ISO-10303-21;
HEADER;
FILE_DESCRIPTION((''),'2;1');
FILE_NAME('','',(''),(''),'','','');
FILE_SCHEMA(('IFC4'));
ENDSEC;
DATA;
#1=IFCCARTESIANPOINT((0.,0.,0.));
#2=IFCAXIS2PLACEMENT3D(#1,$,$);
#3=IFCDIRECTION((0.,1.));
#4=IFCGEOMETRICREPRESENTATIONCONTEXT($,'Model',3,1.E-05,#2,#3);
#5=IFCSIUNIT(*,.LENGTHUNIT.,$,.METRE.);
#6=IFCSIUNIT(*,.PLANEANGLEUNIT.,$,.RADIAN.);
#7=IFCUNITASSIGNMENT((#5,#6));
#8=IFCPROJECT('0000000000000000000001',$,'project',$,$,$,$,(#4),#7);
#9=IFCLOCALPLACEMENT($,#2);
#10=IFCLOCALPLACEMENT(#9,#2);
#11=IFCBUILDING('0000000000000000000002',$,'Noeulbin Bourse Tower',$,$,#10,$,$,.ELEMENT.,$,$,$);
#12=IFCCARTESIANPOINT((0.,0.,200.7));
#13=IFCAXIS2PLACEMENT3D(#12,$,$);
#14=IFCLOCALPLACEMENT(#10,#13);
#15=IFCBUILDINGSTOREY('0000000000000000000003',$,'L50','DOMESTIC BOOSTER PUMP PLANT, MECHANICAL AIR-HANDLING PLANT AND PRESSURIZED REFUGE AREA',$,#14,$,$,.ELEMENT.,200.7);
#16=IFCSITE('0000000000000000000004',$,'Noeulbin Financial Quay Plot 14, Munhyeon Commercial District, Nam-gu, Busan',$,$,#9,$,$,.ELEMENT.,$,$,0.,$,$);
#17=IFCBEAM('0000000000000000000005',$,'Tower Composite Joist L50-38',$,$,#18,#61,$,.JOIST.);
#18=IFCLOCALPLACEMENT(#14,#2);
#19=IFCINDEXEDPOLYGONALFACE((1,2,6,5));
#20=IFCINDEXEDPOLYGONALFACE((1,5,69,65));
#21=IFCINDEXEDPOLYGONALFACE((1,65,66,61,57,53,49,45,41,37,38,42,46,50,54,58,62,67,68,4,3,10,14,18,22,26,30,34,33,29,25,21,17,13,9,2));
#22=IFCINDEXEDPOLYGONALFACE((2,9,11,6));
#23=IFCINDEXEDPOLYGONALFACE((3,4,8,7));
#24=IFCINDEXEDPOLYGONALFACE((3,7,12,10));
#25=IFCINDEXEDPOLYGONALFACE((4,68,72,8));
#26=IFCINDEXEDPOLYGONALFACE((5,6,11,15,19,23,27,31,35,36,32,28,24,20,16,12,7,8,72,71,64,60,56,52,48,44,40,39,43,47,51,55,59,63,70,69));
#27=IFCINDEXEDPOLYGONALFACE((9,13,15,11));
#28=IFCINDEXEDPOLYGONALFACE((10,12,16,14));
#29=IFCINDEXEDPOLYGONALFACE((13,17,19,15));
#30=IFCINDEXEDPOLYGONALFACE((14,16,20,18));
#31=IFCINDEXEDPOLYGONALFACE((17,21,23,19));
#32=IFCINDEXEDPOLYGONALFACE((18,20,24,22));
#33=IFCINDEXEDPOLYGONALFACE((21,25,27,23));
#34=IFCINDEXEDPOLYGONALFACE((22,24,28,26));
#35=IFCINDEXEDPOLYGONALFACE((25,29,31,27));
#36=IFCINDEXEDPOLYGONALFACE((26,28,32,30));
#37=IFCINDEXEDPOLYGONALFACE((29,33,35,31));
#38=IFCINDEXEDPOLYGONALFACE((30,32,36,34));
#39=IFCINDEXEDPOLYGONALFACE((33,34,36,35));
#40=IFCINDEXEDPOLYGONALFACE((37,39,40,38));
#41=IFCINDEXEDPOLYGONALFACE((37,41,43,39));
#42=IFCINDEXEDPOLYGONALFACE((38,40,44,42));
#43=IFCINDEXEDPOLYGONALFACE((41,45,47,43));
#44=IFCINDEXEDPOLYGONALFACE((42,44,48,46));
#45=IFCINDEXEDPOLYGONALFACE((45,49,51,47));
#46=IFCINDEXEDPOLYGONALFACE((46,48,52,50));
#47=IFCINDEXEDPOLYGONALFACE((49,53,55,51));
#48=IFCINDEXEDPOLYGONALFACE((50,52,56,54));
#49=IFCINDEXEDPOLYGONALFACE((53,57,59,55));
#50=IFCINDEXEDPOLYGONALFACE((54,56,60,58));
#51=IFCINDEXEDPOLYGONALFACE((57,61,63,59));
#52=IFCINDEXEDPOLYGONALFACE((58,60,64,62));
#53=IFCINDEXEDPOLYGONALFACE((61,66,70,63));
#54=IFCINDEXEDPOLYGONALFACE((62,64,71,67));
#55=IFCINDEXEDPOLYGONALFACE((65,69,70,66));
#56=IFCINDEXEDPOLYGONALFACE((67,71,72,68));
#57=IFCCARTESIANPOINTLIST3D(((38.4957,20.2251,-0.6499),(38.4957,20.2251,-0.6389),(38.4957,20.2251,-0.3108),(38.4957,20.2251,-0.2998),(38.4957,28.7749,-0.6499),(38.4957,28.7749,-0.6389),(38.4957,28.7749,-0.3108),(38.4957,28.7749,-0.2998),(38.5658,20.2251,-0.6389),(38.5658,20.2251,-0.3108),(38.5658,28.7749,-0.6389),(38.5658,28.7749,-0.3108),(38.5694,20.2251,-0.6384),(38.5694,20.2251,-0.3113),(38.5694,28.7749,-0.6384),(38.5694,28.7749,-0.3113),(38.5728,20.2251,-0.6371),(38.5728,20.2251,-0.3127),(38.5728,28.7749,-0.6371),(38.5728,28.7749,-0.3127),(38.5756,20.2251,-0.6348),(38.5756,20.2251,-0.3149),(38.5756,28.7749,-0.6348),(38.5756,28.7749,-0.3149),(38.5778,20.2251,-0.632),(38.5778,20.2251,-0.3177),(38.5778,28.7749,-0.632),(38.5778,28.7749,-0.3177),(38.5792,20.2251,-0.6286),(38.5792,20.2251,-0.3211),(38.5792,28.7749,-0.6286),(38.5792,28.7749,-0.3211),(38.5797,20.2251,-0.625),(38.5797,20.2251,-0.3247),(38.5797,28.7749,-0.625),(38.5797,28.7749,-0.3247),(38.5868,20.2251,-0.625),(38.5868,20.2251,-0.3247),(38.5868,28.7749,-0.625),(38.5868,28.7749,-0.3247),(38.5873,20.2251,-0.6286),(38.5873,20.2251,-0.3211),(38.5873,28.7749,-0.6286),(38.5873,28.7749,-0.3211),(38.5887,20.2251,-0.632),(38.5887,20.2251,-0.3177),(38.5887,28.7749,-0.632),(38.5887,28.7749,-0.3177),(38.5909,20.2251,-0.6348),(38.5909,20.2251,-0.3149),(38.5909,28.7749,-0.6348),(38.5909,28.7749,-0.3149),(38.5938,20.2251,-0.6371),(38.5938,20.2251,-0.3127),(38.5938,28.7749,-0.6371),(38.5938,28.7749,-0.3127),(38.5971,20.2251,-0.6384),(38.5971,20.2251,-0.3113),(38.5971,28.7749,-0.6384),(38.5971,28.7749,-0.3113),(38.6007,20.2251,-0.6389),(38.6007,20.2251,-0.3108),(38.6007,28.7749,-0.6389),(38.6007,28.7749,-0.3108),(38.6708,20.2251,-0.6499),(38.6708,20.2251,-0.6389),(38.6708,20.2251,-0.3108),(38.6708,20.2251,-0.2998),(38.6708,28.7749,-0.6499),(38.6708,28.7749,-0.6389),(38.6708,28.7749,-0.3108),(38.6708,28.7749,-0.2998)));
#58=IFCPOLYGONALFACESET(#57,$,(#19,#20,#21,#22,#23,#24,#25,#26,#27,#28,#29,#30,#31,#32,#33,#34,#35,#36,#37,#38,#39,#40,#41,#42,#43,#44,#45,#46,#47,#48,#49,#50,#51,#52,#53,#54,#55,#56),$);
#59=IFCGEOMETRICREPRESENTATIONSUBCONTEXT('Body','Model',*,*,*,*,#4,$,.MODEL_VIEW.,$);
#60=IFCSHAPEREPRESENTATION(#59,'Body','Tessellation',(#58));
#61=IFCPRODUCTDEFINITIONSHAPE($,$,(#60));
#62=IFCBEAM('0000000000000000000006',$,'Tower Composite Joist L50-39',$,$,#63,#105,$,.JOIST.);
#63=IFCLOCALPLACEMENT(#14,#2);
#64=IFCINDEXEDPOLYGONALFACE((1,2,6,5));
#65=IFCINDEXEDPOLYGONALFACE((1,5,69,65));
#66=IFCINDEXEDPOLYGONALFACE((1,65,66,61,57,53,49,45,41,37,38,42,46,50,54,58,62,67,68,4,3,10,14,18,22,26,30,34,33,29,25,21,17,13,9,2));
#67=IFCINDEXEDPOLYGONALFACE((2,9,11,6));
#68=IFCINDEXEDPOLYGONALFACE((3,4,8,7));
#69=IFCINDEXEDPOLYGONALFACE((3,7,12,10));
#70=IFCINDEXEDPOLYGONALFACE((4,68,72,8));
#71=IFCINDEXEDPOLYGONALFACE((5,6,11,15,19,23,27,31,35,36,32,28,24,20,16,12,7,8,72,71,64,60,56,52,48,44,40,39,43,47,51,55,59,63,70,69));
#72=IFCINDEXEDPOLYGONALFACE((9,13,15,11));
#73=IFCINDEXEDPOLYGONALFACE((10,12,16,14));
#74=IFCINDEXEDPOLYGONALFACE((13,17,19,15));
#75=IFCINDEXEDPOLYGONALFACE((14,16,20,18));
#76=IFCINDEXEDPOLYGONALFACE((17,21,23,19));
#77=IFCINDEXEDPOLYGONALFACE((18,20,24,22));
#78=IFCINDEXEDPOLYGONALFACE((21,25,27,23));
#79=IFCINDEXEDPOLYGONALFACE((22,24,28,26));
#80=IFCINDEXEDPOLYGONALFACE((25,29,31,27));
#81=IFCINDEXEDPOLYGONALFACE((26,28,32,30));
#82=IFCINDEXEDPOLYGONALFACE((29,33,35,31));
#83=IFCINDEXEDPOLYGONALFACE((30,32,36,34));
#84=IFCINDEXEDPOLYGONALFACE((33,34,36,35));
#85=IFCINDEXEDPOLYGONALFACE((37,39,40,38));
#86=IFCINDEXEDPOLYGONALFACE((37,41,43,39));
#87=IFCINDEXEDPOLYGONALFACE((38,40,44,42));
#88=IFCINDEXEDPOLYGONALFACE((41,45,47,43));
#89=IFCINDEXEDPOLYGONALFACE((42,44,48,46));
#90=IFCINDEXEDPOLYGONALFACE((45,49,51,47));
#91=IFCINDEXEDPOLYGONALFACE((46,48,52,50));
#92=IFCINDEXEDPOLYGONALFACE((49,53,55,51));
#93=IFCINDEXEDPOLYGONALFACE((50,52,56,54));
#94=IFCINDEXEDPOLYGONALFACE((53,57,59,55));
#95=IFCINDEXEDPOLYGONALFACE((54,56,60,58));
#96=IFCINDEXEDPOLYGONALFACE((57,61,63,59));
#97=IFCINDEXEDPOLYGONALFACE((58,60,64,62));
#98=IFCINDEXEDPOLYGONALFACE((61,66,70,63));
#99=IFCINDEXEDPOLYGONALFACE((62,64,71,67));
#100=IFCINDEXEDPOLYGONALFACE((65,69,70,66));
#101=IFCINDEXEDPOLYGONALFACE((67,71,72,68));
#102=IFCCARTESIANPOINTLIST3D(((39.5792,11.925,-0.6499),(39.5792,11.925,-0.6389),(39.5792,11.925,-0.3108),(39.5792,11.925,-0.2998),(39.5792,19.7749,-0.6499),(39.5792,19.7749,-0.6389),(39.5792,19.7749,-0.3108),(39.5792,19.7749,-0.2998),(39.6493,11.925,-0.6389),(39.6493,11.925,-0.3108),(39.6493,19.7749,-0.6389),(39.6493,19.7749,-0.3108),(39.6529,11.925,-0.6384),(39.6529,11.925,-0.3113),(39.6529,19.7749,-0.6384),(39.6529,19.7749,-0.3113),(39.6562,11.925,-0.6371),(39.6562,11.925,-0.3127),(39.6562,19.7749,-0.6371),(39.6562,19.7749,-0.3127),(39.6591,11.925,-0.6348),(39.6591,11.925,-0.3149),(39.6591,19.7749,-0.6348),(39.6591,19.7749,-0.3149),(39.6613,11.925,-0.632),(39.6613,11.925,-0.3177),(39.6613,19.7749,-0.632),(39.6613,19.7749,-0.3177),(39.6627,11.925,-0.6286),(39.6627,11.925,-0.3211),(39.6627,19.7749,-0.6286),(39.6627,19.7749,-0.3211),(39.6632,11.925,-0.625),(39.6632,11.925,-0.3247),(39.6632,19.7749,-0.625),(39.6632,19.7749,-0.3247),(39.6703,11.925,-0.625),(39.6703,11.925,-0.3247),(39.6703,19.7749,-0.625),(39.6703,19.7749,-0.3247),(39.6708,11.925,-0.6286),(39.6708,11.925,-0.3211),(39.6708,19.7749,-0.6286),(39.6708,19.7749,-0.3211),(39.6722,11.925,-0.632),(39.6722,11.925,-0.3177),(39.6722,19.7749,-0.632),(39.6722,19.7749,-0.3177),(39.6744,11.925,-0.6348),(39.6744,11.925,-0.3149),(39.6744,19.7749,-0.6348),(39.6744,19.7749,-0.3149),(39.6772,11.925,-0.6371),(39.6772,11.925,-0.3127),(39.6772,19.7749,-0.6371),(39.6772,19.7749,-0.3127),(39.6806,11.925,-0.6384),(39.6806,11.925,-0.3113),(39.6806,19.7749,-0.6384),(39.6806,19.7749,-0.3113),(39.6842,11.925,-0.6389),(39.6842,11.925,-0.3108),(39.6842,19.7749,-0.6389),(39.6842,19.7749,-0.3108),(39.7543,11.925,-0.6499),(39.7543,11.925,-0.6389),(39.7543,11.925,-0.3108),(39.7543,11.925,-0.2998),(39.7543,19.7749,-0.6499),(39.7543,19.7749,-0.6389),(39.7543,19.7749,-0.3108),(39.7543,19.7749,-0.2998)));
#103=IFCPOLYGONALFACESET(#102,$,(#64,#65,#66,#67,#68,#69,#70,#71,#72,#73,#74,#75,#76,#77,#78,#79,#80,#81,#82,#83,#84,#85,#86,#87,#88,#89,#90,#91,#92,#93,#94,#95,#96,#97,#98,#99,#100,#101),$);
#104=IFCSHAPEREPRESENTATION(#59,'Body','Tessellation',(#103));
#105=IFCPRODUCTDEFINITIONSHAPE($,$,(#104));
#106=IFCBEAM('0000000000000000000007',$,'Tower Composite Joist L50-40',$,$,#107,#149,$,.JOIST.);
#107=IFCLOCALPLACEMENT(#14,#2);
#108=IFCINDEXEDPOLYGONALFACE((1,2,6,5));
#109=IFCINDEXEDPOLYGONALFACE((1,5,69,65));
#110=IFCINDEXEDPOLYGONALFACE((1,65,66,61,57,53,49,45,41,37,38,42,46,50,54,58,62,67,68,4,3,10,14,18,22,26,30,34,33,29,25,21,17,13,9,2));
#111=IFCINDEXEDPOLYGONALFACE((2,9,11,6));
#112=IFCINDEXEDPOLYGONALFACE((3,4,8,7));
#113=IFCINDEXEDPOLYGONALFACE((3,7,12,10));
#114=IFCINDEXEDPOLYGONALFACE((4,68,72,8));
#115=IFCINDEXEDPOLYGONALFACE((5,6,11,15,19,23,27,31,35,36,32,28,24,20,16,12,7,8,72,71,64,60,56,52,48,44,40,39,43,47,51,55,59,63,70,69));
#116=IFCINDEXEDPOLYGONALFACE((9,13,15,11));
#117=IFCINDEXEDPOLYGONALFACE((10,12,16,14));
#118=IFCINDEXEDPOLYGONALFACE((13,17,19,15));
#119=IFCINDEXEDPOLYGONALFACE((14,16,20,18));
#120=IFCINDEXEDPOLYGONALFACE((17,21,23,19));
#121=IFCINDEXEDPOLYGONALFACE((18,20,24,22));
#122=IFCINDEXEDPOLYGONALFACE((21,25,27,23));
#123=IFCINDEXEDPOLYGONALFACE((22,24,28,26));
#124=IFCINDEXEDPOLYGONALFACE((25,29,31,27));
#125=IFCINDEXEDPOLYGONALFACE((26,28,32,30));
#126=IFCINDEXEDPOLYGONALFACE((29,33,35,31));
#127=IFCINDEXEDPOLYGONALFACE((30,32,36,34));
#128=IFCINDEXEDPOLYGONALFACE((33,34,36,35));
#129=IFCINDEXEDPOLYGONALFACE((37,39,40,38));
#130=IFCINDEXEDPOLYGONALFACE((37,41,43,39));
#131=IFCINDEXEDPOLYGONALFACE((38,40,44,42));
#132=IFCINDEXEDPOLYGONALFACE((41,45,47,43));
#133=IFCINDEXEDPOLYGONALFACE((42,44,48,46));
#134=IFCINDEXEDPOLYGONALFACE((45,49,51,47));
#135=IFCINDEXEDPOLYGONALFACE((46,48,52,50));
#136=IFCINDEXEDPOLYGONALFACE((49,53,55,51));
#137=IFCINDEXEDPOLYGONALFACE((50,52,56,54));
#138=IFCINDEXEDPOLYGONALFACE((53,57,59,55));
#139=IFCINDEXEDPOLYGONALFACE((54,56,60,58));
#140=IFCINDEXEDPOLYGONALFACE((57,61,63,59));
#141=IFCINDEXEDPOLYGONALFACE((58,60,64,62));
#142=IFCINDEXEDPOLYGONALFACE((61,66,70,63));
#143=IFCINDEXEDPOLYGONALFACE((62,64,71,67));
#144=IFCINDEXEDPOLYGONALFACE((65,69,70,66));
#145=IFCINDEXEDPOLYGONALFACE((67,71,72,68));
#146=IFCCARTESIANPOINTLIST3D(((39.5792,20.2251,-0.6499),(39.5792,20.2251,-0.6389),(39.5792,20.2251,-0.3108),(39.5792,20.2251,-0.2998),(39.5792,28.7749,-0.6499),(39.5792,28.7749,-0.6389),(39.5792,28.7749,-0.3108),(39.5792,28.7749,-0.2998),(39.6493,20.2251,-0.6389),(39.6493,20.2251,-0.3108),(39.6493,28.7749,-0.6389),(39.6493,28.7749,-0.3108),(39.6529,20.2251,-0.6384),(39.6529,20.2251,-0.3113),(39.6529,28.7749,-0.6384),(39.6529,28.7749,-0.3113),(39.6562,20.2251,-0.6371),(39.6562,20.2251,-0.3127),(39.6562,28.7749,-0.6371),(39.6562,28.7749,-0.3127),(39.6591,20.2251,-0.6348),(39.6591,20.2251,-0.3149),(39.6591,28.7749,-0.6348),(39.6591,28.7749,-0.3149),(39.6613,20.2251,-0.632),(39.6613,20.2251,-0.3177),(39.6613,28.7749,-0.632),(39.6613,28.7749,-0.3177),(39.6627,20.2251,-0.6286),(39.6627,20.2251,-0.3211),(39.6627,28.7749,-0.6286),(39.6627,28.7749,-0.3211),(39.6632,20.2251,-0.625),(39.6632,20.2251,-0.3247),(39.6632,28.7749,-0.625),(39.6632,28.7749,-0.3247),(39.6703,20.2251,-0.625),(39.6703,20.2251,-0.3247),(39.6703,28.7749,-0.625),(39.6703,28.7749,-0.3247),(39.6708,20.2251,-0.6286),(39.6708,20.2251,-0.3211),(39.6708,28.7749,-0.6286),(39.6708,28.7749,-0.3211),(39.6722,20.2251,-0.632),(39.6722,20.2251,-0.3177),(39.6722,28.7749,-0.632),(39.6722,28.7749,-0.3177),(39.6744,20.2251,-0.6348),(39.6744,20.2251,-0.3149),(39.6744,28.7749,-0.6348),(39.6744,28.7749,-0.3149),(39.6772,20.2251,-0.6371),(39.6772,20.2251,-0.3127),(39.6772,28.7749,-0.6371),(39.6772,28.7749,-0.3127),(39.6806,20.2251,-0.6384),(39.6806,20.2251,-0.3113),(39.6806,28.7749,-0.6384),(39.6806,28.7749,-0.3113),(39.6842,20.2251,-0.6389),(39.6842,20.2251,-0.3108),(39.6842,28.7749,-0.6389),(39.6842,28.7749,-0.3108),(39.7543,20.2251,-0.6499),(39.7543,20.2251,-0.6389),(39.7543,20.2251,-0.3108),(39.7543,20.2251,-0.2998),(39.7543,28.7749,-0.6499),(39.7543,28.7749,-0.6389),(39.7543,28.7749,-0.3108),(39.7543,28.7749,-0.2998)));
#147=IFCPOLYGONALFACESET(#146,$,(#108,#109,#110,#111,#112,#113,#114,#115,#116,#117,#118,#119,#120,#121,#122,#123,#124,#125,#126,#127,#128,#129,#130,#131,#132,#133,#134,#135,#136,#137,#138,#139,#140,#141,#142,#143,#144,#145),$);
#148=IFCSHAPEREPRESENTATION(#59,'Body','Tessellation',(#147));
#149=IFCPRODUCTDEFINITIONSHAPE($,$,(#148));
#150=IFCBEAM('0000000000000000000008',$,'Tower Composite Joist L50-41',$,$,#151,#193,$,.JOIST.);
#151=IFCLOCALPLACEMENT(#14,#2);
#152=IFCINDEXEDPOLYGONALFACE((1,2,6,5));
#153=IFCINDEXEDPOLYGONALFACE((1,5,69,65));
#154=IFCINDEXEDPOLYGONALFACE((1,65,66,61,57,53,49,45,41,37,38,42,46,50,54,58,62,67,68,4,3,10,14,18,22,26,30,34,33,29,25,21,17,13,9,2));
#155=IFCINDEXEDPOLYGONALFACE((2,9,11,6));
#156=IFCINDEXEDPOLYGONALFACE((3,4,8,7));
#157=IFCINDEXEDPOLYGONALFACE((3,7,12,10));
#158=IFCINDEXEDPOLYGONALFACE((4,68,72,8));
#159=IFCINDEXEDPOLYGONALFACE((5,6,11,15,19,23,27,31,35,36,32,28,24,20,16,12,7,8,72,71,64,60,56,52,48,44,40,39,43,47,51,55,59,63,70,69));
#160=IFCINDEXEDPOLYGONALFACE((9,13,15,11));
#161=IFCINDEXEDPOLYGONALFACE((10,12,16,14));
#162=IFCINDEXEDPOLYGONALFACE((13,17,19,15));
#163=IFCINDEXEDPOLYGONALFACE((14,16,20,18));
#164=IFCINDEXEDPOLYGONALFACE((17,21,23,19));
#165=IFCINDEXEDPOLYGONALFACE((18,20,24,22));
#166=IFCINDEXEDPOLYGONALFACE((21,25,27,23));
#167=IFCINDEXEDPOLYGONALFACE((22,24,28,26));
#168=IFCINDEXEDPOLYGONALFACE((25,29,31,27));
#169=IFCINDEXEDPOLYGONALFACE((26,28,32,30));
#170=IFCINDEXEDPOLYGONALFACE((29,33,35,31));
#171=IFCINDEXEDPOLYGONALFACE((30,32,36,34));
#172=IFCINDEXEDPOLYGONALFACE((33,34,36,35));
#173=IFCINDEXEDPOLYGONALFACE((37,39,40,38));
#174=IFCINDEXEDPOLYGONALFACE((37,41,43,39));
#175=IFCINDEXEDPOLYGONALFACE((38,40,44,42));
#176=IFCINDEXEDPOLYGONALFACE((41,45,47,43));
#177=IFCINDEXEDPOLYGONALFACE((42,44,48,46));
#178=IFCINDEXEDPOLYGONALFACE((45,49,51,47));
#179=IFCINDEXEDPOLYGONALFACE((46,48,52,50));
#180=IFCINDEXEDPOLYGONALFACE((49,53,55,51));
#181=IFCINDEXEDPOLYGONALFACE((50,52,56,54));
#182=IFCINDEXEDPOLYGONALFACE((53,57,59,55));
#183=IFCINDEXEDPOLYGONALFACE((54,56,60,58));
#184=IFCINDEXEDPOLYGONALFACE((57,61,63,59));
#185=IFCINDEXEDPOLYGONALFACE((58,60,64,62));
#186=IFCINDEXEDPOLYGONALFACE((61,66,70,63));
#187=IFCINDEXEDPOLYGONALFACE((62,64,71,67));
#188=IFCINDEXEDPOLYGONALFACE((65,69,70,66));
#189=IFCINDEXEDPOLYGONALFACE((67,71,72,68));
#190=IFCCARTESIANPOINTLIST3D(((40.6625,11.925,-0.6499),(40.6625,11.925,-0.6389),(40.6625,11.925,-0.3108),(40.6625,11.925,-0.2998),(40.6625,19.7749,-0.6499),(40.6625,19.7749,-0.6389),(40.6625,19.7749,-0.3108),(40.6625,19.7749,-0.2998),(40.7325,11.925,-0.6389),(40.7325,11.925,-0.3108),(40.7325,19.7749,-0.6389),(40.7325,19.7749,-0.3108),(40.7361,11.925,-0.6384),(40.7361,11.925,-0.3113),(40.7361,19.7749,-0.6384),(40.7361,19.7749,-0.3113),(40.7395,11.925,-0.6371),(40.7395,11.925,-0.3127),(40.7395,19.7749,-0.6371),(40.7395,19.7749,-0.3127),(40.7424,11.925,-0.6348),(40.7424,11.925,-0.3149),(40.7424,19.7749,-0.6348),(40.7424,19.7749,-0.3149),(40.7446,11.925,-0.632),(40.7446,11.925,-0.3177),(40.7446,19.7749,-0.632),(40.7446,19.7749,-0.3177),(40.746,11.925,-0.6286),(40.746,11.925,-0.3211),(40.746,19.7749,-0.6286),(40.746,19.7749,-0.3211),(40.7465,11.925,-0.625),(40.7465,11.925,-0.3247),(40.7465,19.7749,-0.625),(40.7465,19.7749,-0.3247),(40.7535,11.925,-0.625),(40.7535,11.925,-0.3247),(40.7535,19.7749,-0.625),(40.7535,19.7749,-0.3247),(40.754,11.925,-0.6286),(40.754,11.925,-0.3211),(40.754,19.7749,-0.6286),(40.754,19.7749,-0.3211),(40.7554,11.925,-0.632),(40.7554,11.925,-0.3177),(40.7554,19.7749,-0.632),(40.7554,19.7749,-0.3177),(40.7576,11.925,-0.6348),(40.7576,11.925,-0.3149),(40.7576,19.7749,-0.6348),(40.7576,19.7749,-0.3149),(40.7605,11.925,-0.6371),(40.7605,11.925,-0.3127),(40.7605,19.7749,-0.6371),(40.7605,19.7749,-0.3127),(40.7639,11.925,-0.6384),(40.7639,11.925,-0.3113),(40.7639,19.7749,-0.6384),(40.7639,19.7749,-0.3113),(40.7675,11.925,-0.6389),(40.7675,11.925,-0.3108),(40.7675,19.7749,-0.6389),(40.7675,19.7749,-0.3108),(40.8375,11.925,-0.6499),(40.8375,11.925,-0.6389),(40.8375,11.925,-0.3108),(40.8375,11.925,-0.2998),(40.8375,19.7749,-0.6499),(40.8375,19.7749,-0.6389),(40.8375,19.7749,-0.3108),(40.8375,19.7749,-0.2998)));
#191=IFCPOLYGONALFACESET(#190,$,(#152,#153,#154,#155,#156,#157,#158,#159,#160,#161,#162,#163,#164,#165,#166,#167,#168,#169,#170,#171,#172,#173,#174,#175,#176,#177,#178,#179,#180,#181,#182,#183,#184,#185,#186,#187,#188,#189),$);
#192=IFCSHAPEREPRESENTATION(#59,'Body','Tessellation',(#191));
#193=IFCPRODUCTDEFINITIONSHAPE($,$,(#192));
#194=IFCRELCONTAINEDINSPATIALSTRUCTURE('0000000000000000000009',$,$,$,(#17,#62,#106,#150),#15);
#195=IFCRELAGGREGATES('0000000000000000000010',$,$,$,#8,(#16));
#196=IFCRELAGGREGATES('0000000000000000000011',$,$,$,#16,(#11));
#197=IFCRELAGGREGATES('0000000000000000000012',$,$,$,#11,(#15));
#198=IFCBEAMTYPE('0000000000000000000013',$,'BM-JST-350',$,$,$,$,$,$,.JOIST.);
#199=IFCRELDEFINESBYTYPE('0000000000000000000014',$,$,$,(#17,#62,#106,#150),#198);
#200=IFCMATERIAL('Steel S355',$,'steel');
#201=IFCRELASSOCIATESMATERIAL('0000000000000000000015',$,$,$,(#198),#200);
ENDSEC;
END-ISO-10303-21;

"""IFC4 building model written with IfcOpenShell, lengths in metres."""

from ifc_helpers import new_model, si_unit, direction, frame, origin, origin_2d, place, context, subcontext, project, spatial, i_section, extrude, material, material_profile, profile_set, type_object, element, save


model = new_model("IFC4")

# Units and contexts
model_context = context("Model", 3, precision=1e-05, world=origin(), true_north=direction((0.0, 1.0)))
body_context = subcontext(model_context, "Body", "Model", "MODEL_VIEW")
ifc_project = project(units=[si_unit("LENGTHUNIT", "METRE"), si_unit("PLANEANGLEUNIT", "RADIAN")], contexts=[model_context])

# Site, building, storey
site_placement = place(None, origin())
site = spatial("IfcSite", under=ifc_project, at=site_placement, Name="Noeulbin Financial Quay Plot 14, Munhyeon Commercial District, Nam-gu, Busan", CompositionType="ELEMENT", RefElevation=0.0)
building_placement = place(site_placement, origin())
building = spatial("IfcBuilding", under=site, at=building_placement, Name="Noeulbin Bourse Tower", CompositionType="ELEMENT")
storey_placement = place(building_placement, frame((0.0, 0.0, 200.7)))
storey = spatial("IfcBuildingStorey", under=building, at=storey_placement, Name="L50", Description="DOMESTIC BOOSTER PUMP PLANT, MECHANICAL AIR-HANDLING PLANT AND PRESSURIZED REFUGE AREA", CompositionType="ELEMENT", Elevation=200.7)

# Shared definitions
ifc_material_1 = material(Name="Steel S355", Category="steel")

# Beams
ifc_material_profile_1 = material_profile(ifc_material_1, i_section(OverallWidth=0.175, OverallDepth=0.3501, WebThickness=0.0071, FlangeThickness=0.011, FilletRadius=0.0139, at=origin_2d()), Name="H-350x175x7x11", Category="LoadBearing")
ifc_profile_set_1 = profile_set([ifc_material_profile_1], Name="Steel S355")
beam_type_1 = type_object("IfcBeamType", Name="BM-JST-350", PredefinedType="JOIST", material=ifc_profile_set_1)
beam_1_placement = place(storey_placement, frame((38.5833, 20.2251, -0.4749), z_axis=(0.0, 1.0, 0.0), x_axis=(-1.0, 0.0, 0.0)))
element("IfcBeam", 1, at=beam_1_placement, inside=storey, type_object=beam_type_1, Name="Tower Composite Joist L50-38", PredefinedType="JOIST", context=body_context, shape_type="SweptSolid", body=[
    extrude(i_section(OverallWidth=0.175, OverallDepth=0.3501, WebThickness=0.0071, FlangeThickness=0.011, FilletRadius=0.0139, at=origin_2d()), origin(), (0.0, 0.0, 1.0), 8.5498),
])
beam_2_placement = place(storey_placement, frame((39.6667, 11.925, -0.4749), z_axis=(0.0, 1.0, 0.0), x_axis=(-1.0, 0.0, 0.0)))
element("IfcBeam", 2, at=beam_2_placement, inside=storey, type_object=beam_type_1, Name="Tower Composite Joist L50-39", PredefinedType="JOIST", context=body_context, shape_type="SweptSolid", body=[
    extrude(i_section(OverallWidth=0.175, OverallDepth=0.3501, WebThickness=0.0071, FlangeThickness=0.011, FilletRadius=0.0139, at=origin_2d()), origin(), (0.0, 0.0, 1.0), 7.8499),
])
beam_3_placement = place(storey_placement, frame((39.6667, 20.2251, -0.4749), z_axis=(0.0, 1.0, 0.0), x_axis=(-1.0, 0.0, 0.0)))
element("IfcBeam", 3, at=beam_3_placement, inside=storey, type_object=beam_type_1, Name="Tower Composite Joist L50-40", PredefinedType="JOIST", context=body_context, shape_type="SweptSolid", body=[
    extrude(i_section(OverallWidth=0.175, OverallDepth=0.3501, WebThickness=0.0071, FlangeThickness=0.011, FilletRadius=0.0139, at=origin_2d()), origin(), (0.0, 0.0, 1.0), 8.5498),
])
beam_4_placement = place(storey_placement, frame((40.75, 11.925, -0.4749), z_axis=(0.0, 1.0, 0.0), x_axis=(-1.0, 0.0, 0.0)))
element("IfcBeam", 4, at=beam_4_placement, inside=storey, type_object=beam_type_1, Name="Tower Composite Joist L50-41", PredefinedType="JOIST", context=body_context, shape_type="SweptSolid", body=[
    extrude(i_section(OverallWidth=0.175, OverallDepth=0.3501, WebThickness=0.0071, FlangeThickness=0.011, FilletRadius=0.0139, at=origin_2d()), origin(), (0.0, 0.0, 1.0), 7.8499),
])

save(model, "model.ifc")
